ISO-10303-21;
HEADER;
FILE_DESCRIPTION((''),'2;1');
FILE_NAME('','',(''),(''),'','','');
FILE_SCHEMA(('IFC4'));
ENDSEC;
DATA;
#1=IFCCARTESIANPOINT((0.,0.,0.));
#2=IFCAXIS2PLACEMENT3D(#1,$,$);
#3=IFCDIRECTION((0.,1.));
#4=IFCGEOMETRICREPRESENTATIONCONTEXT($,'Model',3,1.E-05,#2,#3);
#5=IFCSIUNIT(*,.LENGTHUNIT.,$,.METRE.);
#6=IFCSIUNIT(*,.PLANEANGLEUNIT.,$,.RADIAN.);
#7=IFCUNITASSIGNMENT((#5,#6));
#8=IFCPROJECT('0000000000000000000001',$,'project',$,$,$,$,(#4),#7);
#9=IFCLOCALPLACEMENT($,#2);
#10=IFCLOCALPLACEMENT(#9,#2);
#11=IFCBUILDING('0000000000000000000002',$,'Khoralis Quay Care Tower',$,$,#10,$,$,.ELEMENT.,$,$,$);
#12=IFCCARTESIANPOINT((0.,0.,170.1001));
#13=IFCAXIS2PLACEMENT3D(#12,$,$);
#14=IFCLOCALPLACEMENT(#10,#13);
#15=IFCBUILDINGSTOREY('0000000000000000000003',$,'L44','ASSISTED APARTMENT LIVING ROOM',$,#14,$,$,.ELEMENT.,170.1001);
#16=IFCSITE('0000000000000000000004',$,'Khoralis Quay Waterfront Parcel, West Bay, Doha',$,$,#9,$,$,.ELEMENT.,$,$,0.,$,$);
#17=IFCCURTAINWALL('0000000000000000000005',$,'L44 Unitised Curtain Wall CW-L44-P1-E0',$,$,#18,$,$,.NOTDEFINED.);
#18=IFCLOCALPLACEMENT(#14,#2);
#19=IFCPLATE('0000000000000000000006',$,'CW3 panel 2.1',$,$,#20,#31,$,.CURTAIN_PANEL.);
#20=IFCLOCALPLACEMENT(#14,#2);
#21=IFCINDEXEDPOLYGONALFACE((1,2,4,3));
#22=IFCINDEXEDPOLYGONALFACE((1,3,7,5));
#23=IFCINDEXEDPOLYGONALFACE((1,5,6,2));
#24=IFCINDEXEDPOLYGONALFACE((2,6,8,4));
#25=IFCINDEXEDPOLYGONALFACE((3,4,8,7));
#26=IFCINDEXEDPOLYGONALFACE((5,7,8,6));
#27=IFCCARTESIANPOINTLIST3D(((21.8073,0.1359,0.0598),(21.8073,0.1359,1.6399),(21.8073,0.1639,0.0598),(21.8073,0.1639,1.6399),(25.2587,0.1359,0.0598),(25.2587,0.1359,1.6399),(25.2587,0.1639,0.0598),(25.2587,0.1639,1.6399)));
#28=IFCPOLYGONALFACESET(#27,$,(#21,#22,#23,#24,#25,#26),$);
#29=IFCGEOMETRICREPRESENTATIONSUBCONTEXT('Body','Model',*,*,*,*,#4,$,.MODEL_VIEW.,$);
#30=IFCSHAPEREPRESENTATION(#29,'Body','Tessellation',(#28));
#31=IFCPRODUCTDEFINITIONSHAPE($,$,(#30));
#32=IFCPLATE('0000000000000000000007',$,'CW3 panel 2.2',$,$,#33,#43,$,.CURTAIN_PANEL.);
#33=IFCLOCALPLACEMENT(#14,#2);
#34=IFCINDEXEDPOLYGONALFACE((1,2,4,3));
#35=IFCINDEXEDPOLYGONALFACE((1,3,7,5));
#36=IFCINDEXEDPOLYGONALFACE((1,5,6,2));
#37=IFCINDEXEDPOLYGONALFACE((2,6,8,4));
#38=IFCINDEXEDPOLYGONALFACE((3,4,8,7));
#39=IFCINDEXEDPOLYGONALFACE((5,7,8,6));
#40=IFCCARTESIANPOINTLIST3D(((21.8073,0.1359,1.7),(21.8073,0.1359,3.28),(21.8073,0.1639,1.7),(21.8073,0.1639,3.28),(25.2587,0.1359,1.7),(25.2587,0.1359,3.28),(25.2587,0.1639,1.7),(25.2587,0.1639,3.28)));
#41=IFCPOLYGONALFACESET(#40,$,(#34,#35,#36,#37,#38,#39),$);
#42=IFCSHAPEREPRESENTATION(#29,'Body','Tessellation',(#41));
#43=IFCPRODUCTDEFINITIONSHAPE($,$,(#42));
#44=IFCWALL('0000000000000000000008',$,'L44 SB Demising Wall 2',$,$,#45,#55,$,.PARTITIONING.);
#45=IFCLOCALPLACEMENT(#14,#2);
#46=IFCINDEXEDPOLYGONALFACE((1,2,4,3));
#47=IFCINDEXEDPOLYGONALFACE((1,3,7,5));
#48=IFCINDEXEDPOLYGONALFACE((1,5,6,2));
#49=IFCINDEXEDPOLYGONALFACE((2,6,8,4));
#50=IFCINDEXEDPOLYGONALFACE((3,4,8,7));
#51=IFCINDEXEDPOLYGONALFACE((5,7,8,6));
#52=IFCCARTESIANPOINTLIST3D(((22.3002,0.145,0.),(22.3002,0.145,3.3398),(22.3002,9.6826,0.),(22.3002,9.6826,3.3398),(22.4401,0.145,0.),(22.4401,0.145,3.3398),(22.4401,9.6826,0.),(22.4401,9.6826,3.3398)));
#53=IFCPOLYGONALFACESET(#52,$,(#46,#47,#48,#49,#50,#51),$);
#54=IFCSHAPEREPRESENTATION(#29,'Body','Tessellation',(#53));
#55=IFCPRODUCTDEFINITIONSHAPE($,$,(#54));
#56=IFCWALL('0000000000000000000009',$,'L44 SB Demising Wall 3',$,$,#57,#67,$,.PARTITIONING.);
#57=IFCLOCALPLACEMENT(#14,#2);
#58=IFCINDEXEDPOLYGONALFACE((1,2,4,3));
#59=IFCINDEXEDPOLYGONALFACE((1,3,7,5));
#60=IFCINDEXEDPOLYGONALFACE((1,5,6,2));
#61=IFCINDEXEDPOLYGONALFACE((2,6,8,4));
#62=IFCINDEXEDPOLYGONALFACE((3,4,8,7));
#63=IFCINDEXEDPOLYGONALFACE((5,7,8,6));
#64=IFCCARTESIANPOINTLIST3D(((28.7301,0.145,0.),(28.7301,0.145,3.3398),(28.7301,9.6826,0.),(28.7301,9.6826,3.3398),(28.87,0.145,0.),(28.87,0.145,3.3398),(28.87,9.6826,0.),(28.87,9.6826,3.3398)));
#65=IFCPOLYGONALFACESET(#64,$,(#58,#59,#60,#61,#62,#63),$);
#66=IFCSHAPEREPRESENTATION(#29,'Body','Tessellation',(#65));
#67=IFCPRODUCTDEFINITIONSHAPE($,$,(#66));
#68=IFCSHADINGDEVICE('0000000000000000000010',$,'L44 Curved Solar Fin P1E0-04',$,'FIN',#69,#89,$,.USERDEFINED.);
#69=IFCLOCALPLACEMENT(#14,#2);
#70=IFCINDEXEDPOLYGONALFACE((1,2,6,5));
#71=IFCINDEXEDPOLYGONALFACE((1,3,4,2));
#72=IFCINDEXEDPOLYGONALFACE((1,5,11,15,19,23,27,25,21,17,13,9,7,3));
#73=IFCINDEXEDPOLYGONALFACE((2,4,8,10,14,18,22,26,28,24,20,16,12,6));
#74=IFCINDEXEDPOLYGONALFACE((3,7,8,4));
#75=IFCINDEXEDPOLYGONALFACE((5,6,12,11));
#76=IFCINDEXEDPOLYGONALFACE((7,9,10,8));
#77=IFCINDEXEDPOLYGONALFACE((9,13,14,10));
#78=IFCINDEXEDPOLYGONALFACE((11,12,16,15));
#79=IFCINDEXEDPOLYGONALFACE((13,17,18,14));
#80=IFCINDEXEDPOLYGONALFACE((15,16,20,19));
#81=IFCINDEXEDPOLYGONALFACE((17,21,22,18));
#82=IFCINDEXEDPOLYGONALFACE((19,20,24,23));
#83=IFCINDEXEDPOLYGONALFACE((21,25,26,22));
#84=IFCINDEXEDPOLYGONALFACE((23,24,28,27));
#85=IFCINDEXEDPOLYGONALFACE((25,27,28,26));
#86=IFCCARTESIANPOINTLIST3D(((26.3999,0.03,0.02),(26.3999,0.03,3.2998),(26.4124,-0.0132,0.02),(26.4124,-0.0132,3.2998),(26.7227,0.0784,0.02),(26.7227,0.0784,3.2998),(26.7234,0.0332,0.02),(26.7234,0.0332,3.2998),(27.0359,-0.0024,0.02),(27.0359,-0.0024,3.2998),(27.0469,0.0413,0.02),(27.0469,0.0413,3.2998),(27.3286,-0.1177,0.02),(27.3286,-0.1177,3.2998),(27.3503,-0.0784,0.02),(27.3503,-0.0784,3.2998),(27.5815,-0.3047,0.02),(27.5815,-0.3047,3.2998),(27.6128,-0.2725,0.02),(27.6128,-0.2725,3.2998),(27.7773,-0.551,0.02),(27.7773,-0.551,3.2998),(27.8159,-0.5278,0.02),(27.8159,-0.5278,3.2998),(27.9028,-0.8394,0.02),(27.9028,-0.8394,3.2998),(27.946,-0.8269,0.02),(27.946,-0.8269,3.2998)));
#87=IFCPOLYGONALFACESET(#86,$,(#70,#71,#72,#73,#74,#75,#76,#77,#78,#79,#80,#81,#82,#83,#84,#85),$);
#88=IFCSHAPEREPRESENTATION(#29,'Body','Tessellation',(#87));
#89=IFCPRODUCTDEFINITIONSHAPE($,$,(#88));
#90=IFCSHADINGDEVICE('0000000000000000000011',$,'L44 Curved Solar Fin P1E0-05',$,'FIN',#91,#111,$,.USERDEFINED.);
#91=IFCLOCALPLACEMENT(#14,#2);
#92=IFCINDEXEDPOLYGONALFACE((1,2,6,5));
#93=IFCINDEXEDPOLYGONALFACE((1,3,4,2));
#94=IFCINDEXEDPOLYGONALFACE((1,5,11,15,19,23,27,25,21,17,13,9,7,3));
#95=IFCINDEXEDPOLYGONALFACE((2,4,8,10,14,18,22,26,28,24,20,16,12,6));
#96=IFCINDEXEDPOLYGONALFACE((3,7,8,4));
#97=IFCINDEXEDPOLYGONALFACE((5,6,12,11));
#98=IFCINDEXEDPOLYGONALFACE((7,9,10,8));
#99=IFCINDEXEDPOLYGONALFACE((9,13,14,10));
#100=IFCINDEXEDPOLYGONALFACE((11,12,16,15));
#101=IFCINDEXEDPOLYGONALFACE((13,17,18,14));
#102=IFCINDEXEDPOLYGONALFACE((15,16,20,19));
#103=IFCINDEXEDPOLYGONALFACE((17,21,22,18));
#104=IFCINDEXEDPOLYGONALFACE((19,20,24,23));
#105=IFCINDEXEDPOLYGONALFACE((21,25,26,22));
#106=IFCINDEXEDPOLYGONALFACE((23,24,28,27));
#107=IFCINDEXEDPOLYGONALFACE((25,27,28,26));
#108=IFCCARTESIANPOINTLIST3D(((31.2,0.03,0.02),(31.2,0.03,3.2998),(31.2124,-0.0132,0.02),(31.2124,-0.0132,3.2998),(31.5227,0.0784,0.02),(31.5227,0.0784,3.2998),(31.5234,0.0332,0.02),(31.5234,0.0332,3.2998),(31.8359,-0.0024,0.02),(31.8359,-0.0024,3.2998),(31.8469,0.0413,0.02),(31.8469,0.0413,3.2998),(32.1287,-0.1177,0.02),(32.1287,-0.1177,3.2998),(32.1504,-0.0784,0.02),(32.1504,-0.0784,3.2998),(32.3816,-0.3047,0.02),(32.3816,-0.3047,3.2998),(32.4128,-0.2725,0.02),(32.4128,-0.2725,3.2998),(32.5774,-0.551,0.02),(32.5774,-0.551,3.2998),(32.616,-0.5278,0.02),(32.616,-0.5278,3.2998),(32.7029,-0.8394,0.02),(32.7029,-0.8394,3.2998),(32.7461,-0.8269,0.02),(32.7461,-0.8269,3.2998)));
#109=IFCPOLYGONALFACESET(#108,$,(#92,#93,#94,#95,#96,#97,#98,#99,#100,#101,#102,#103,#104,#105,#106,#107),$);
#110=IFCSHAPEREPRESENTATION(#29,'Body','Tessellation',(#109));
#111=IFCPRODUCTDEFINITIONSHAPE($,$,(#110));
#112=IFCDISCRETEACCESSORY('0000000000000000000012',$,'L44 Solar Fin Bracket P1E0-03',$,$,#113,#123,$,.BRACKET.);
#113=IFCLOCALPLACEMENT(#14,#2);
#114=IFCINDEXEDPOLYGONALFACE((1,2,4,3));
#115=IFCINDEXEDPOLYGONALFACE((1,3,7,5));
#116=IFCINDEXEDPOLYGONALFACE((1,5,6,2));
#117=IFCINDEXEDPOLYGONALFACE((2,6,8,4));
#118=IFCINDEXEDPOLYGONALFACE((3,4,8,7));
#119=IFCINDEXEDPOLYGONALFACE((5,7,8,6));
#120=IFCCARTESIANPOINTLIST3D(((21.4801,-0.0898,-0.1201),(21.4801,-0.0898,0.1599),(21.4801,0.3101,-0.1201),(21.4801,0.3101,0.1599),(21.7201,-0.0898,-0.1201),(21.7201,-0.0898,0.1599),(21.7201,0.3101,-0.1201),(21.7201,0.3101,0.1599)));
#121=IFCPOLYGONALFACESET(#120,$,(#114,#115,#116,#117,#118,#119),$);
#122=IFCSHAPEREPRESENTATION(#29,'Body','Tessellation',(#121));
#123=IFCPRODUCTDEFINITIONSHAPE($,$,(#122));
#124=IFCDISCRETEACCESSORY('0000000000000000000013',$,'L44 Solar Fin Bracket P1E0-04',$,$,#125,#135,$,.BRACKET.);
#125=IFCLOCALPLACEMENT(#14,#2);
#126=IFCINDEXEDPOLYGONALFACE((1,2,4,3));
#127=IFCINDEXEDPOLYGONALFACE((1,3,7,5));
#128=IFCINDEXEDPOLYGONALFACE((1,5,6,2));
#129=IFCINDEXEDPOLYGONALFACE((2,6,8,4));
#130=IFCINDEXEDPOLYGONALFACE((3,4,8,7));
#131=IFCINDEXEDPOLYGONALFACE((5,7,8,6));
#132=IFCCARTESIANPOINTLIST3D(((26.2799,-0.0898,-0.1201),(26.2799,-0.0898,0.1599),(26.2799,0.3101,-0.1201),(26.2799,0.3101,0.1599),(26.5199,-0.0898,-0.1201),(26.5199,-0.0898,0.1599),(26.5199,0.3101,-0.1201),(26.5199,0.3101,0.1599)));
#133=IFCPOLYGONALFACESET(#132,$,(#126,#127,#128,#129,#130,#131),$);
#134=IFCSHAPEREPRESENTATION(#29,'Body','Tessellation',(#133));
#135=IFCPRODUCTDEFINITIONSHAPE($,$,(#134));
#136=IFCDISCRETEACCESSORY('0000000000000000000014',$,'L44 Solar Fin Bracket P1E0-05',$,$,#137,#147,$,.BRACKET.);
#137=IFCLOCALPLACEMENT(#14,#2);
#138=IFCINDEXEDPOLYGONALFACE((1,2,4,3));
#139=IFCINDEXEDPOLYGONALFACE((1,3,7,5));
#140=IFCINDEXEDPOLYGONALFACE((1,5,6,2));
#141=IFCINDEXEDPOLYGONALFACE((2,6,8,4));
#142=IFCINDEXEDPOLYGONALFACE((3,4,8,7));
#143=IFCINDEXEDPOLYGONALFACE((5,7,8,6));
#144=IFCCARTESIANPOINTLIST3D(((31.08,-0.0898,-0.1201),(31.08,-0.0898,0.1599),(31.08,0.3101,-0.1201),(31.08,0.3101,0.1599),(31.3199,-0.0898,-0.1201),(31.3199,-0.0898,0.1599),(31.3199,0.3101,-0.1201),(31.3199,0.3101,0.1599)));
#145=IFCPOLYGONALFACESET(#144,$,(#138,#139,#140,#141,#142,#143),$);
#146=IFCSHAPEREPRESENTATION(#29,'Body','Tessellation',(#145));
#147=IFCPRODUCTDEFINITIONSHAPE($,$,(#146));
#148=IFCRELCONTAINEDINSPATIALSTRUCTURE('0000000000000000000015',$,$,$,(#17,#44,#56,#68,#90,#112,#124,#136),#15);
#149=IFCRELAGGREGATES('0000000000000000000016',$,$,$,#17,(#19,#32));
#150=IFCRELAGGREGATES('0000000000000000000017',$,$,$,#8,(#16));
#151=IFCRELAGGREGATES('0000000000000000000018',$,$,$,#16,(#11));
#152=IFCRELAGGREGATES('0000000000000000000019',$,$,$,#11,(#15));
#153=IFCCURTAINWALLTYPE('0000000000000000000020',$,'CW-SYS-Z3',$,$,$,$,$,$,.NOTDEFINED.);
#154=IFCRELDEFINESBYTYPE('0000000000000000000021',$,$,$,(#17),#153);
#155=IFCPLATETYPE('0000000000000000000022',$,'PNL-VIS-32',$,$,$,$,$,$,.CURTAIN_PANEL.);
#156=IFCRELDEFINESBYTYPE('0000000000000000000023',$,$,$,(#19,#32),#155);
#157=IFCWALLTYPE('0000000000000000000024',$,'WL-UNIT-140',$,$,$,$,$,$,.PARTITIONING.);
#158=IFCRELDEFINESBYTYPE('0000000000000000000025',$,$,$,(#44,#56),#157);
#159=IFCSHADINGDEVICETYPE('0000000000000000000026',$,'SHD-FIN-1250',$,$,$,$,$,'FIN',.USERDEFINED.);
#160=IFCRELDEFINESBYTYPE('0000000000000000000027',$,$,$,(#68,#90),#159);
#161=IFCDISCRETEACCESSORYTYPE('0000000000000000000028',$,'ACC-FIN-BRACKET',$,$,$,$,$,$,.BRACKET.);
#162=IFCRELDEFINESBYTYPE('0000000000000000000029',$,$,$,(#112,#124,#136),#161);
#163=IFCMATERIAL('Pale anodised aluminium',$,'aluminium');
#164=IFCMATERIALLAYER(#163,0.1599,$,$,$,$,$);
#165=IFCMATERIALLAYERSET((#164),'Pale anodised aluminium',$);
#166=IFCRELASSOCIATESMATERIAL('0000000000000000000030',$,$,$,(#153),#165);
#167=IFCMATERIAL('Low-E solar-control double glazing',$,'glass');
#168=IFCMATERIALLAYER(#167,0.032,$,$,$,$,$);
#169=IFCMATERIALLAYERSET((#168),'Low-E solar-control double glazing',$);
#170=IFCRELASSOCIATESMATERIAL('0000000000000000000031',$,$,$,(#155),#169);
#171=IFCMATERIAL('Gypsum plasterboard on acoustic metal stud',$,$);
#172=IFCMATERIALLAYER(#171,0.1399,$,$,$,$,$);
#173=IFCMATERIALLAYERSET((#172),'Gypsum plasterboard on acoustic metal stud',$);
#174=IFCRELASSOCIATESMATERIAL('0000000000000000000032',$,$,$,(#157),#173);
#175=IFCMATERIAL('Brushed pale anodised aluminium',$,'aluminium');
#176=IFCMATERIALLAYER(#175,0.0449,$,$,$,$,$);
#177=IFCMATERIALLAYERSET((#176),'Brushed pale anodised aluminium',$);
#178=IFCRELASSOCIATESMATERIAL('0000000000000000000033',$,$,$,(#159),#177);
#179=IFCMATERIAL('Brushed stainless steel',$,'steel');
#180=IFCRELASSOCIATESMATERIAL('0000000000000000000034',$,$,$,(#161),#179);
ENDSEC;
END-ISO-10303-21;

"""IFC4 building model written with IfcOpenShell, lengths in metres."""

from ifc_helpers import new_model, si_unit, direction, frame, frame_2d, origin, origin_2d, place, context, subcontext, project, spatial, polyline, rectangle, outline, extrude, source, transform, mapped, material, layer, layer_set, type_object, element, aggregate, save


model = new_model("IFC4")

# Units and contexts
model_context = context("Model", 3, precision=1e-05, world=origin(), true_north=direction((0.0, 1.0)))
body_context = subcontext(model_context, "Body", "Model", "MODEL_VIEW")
ifc_project = project(units=[si_unit("LENGTHUNIT", "METRE"), si_unit("PLANEANGLEUNIT", "RADIAN")], contexts=[model_context])

# Site, building, storey
site_placement = place(None, origin())
site = spatial("IfcSite", under=ifc_project, at=site_placement, Name="Khoralis Quay Waterfront Parcel, West Bay, Doha", CompositionType="ELEMENT", RefElevation=0.0)
building_placement = place(site_placement, origin())
building = spatial("IfcBuilding", under=site, at=building_placement, Name="Khoralis Quay Care Tower", CompositionType="ELEMENT")
storey_placement = place(building_placement, frame((0.0, 0.0, 170.1001)))
storey = spatial("IfcBuildingStorey", under=building, at=storey_placement, Name="L44", Description="ASSISTED APARTMENT LIVING ROOM", CompositionType="ELEMENT", Elevation=170.1001)

# Curtain wall, plates
ifc_material_1 = material(Name="Pale anodised aluminium", Category="aluminium")
ifc_layer_1 = layer(ifc_material_1, 0.1599)
ifc_layer_set_1 = layer_set([ifc_layer_1], Name="Pale anodised aluminium")
curtain_wall_type = type_object("IfcCurtainWallType", Name="CW-SYS-Z3", PredefinedType="NOTDEFINED", material=ifc_layer_set_1)
curtain_wall_placement = place(storey_placement, origin())
curtain_wall = element("IfcCurtainWall", 1, at=curtain_wall_placement, inside=storey, type_object=curtain_wall_type, Name="L44 Unitised Curtain Wall CW-L44-P1-E0", PredefinedType="NOTDEFINED")
ifc_material_2 = material(Name="Low-E solar-control double glazing", Category="glass")
ifc_layer_2 = layer(ifc_material_2, 0.032)
ifc_layer_set_2 = layer_set([ifc_layer_2], Name="Low-E solar-control double glazing")
plate_type = type_object("IfcPlateType", Name="PNL-VIS-32", PredefinedType="CURTAIN_PANEL", material=ifc_layer_set_2)
shared_shape_1 = source(origin(), body_context, "Body", "SweptSolid", [
    extrude(rectangle(XDim=3.4514, YDim=0.0281, at=origin_2d()), origin(), (0.0, 0.0, 1.0), 1.5801),
])
plate_1_placement = place(storey_placement, frame((23.533, 0.1499, 0.0598), z_axis=(0.0, 0.0, 1.0), x_axis=(1.0, 0.0, 0.0)))
plate_1 = element("IfcPlate", 2, at=plate_1_placement, type_object=plate_type, Name="CW3 panel 2.1", PredefinedType="CURTAIN_PANEL", context=body_context, shape_type="MappedRepresentation", body=[
    mapped(shared_shape_1, transform((0.0, 0.0, 0.0), scale=1.0)),
])
plate_2_placement = place(storey_placement, frame((23.533, 0.1499, 1.7), z_axis=(0.0, 0.0, 1.0), x_axis=(1.0, 0.0, 0.0)))
plate_2 = element("IfcPlate", 3, at=plate_2_placement, type_object=plate_type, Name="CW3 panel 2.2", PredefinedType="CURTAIN_PANEL", context=body_context, shape_type="MappedRepresentation", body=[
    mapped(shared_shape_1, transform((0.0, 0.0, 0.0), scale=1.0)),
])
aggregate(curtain_wall, [plate_1, plate_2])

# Walls
ifc_material_3 = material(Name="Gypsum plasterboard on acoustic metal stud")
ifc_layer_3 = layer(ifc_material_3, 0.1399)
ifc_layer_set_3 = layer_set([ifc_layer_3], Name="Gypsum plasterboard on acoustic metal stud")
wall_type = type_object("IfcWallType", Name="WL-UNIT-140", PredefinedType="PARTITIONING", material=ifc_layer_set_3)
for number, where, z_axis, x_axis, name in (
    (4, (22.3701, 0.145, 0.0), (0.0, 0.0, 1.0), (0.0, 1.0, 0.0), "L44 SB Demising Wall 2"),
    (5, (28.8, 0.145, 0.0), (0.0, 0.0, 1.0), (0.0, 1.0, 0.0), "L44 SB Demising Wall 3"),
):
    element("IfcWall", number, at=place(storey_placement, frame(where, z_axis=z_axis, x_axis=x_axis)), inside=storey, type_object=wall_type, Name=name, PredefinedType="PARTITIONING", context=body_context, shape_type="SweptSolid", body=[
        extrude(rectangle(XDim=9.5376, YDim=0.1399, at=frame_2d((4.7688, 0.0))), origin(), (0.0, 0.0, 1.0), 3.3398),
    ])

# Shading devices
ifc_material_4 = material(Name="Brushed pale anodised aluminium", Category="aluminium")
ifc_layer_4 = layer(ifc_material_4, 0.0449)
ifc_layer_set_4 = layer_set([ifc_layer_4], Name="Brushed pale anodised aluminium")
shading_device_type = type_object("IfcShadingDeviceType", Name="SHD-FIN-1250", ElementType="FIN", PredefinedType="USERDEFINED", material=ifc_layer_set_4)
shared_shape_2 = source(origin(), body_context, "Body", "SweptSolid", [
    extrude(outline(polyline([(0.0, 0.0), (-0.0483, 0.3228), (-0.0112, 0.647), (0.1084, 0.9504), (0.3025, 1.2129), (0.5579, 1.416), (0.8569, 1.5461), (0.8694, 1.5029), (0.5811, 1.3774), (0.3347, 1.1816), (0.1477, 0.9287), (0.0325, 0.636), (-0.0032, 0.3235), (0.0432, 0.0125), (0.0, 0.0)])), origin(), (0.0, 0.0, 1.0), 3.2798),
])
for number, where, z_axis, x_axis, name in (
    (6, (26.3999, 0.03, 0.02), (0.0, 0.0, 1.0), (0.0, -1.0, 0.0), "L44 Curved Solar Fin P1E0-04"),
    (7, (31.2, 0.03, 0.02), (0.0, 0.0, 1.0), (0.0, -1.0, 0.0), "L44 Curved Solar Fin P1E0-05"),
):
    element("IfcShadingDevice", number, at=place(storey_placement, frame(where, z_axis=z_axis, x_axis=x_axis)), inside=storey, type_object=shading_device_type, Name=name, ObjectType="FIN", PredefinedType="USERDEFINED", context=body_context, shape_type="MappedRepresentation", body=[
        mapped(shared_shape_2, transform((0.0, 0.0, 0.0), scale=1.0)),
    ])

# Discrete accessories
ifc_material_5 = material(Name="Brushed stainless steel", Category="steel")
discrete_accessory_type = type_object("IfcDiscreteAccessoryType", Name="ACC-FIN-BRACKET", PredefinedType="BRACKET", material=ifc_material_5)
shared_shape_3 = source(origin(), body_context, "Body", "SweptSolid", [
    extrude(rectangle(XDim=0.3999, YDim=0.24, at=origin_2d()), origin(), (0.0, 0.0, 1.0), 0.28),
])
for number, where, z_axis, x_axis, name in (
    (8, (21.6001, 0.1101, -0.1201), (0.0, 0.0, 1.0), (0.0, -1.0, 0.0), "L44 Solar Fin Bracket P1E0-03"),
    (9, (26.3999, 0.1101, -0.1201), (0.0, 0.0, 1.0), (0.0, -1.0, 0.0), "L44 Solar Fin Bracket P1E0-04"),
    (10, (31.2, 0.1101, -0.1201), (0.0, 0.0, 1.0), (0.0, -1.0, 0.0), "L44 Solar Fin Bracket P1E0-05"),
):
    element("IfcDiscreteAccessory", number, at=place(storey_placement, frame(where, z_axis=z_axis, x_axis=x_axis)), inside=storey, type_object=discrete_accessory_type, Name=name, PredefinedType="BRACKET", context=body_context, shape_type="MappedRepresentation", body=[
        mapped(shared_shape_3, transform((0.0, 0.0, 0.0), scale=1.0)),
    ])

save(model, "model.ifc")
